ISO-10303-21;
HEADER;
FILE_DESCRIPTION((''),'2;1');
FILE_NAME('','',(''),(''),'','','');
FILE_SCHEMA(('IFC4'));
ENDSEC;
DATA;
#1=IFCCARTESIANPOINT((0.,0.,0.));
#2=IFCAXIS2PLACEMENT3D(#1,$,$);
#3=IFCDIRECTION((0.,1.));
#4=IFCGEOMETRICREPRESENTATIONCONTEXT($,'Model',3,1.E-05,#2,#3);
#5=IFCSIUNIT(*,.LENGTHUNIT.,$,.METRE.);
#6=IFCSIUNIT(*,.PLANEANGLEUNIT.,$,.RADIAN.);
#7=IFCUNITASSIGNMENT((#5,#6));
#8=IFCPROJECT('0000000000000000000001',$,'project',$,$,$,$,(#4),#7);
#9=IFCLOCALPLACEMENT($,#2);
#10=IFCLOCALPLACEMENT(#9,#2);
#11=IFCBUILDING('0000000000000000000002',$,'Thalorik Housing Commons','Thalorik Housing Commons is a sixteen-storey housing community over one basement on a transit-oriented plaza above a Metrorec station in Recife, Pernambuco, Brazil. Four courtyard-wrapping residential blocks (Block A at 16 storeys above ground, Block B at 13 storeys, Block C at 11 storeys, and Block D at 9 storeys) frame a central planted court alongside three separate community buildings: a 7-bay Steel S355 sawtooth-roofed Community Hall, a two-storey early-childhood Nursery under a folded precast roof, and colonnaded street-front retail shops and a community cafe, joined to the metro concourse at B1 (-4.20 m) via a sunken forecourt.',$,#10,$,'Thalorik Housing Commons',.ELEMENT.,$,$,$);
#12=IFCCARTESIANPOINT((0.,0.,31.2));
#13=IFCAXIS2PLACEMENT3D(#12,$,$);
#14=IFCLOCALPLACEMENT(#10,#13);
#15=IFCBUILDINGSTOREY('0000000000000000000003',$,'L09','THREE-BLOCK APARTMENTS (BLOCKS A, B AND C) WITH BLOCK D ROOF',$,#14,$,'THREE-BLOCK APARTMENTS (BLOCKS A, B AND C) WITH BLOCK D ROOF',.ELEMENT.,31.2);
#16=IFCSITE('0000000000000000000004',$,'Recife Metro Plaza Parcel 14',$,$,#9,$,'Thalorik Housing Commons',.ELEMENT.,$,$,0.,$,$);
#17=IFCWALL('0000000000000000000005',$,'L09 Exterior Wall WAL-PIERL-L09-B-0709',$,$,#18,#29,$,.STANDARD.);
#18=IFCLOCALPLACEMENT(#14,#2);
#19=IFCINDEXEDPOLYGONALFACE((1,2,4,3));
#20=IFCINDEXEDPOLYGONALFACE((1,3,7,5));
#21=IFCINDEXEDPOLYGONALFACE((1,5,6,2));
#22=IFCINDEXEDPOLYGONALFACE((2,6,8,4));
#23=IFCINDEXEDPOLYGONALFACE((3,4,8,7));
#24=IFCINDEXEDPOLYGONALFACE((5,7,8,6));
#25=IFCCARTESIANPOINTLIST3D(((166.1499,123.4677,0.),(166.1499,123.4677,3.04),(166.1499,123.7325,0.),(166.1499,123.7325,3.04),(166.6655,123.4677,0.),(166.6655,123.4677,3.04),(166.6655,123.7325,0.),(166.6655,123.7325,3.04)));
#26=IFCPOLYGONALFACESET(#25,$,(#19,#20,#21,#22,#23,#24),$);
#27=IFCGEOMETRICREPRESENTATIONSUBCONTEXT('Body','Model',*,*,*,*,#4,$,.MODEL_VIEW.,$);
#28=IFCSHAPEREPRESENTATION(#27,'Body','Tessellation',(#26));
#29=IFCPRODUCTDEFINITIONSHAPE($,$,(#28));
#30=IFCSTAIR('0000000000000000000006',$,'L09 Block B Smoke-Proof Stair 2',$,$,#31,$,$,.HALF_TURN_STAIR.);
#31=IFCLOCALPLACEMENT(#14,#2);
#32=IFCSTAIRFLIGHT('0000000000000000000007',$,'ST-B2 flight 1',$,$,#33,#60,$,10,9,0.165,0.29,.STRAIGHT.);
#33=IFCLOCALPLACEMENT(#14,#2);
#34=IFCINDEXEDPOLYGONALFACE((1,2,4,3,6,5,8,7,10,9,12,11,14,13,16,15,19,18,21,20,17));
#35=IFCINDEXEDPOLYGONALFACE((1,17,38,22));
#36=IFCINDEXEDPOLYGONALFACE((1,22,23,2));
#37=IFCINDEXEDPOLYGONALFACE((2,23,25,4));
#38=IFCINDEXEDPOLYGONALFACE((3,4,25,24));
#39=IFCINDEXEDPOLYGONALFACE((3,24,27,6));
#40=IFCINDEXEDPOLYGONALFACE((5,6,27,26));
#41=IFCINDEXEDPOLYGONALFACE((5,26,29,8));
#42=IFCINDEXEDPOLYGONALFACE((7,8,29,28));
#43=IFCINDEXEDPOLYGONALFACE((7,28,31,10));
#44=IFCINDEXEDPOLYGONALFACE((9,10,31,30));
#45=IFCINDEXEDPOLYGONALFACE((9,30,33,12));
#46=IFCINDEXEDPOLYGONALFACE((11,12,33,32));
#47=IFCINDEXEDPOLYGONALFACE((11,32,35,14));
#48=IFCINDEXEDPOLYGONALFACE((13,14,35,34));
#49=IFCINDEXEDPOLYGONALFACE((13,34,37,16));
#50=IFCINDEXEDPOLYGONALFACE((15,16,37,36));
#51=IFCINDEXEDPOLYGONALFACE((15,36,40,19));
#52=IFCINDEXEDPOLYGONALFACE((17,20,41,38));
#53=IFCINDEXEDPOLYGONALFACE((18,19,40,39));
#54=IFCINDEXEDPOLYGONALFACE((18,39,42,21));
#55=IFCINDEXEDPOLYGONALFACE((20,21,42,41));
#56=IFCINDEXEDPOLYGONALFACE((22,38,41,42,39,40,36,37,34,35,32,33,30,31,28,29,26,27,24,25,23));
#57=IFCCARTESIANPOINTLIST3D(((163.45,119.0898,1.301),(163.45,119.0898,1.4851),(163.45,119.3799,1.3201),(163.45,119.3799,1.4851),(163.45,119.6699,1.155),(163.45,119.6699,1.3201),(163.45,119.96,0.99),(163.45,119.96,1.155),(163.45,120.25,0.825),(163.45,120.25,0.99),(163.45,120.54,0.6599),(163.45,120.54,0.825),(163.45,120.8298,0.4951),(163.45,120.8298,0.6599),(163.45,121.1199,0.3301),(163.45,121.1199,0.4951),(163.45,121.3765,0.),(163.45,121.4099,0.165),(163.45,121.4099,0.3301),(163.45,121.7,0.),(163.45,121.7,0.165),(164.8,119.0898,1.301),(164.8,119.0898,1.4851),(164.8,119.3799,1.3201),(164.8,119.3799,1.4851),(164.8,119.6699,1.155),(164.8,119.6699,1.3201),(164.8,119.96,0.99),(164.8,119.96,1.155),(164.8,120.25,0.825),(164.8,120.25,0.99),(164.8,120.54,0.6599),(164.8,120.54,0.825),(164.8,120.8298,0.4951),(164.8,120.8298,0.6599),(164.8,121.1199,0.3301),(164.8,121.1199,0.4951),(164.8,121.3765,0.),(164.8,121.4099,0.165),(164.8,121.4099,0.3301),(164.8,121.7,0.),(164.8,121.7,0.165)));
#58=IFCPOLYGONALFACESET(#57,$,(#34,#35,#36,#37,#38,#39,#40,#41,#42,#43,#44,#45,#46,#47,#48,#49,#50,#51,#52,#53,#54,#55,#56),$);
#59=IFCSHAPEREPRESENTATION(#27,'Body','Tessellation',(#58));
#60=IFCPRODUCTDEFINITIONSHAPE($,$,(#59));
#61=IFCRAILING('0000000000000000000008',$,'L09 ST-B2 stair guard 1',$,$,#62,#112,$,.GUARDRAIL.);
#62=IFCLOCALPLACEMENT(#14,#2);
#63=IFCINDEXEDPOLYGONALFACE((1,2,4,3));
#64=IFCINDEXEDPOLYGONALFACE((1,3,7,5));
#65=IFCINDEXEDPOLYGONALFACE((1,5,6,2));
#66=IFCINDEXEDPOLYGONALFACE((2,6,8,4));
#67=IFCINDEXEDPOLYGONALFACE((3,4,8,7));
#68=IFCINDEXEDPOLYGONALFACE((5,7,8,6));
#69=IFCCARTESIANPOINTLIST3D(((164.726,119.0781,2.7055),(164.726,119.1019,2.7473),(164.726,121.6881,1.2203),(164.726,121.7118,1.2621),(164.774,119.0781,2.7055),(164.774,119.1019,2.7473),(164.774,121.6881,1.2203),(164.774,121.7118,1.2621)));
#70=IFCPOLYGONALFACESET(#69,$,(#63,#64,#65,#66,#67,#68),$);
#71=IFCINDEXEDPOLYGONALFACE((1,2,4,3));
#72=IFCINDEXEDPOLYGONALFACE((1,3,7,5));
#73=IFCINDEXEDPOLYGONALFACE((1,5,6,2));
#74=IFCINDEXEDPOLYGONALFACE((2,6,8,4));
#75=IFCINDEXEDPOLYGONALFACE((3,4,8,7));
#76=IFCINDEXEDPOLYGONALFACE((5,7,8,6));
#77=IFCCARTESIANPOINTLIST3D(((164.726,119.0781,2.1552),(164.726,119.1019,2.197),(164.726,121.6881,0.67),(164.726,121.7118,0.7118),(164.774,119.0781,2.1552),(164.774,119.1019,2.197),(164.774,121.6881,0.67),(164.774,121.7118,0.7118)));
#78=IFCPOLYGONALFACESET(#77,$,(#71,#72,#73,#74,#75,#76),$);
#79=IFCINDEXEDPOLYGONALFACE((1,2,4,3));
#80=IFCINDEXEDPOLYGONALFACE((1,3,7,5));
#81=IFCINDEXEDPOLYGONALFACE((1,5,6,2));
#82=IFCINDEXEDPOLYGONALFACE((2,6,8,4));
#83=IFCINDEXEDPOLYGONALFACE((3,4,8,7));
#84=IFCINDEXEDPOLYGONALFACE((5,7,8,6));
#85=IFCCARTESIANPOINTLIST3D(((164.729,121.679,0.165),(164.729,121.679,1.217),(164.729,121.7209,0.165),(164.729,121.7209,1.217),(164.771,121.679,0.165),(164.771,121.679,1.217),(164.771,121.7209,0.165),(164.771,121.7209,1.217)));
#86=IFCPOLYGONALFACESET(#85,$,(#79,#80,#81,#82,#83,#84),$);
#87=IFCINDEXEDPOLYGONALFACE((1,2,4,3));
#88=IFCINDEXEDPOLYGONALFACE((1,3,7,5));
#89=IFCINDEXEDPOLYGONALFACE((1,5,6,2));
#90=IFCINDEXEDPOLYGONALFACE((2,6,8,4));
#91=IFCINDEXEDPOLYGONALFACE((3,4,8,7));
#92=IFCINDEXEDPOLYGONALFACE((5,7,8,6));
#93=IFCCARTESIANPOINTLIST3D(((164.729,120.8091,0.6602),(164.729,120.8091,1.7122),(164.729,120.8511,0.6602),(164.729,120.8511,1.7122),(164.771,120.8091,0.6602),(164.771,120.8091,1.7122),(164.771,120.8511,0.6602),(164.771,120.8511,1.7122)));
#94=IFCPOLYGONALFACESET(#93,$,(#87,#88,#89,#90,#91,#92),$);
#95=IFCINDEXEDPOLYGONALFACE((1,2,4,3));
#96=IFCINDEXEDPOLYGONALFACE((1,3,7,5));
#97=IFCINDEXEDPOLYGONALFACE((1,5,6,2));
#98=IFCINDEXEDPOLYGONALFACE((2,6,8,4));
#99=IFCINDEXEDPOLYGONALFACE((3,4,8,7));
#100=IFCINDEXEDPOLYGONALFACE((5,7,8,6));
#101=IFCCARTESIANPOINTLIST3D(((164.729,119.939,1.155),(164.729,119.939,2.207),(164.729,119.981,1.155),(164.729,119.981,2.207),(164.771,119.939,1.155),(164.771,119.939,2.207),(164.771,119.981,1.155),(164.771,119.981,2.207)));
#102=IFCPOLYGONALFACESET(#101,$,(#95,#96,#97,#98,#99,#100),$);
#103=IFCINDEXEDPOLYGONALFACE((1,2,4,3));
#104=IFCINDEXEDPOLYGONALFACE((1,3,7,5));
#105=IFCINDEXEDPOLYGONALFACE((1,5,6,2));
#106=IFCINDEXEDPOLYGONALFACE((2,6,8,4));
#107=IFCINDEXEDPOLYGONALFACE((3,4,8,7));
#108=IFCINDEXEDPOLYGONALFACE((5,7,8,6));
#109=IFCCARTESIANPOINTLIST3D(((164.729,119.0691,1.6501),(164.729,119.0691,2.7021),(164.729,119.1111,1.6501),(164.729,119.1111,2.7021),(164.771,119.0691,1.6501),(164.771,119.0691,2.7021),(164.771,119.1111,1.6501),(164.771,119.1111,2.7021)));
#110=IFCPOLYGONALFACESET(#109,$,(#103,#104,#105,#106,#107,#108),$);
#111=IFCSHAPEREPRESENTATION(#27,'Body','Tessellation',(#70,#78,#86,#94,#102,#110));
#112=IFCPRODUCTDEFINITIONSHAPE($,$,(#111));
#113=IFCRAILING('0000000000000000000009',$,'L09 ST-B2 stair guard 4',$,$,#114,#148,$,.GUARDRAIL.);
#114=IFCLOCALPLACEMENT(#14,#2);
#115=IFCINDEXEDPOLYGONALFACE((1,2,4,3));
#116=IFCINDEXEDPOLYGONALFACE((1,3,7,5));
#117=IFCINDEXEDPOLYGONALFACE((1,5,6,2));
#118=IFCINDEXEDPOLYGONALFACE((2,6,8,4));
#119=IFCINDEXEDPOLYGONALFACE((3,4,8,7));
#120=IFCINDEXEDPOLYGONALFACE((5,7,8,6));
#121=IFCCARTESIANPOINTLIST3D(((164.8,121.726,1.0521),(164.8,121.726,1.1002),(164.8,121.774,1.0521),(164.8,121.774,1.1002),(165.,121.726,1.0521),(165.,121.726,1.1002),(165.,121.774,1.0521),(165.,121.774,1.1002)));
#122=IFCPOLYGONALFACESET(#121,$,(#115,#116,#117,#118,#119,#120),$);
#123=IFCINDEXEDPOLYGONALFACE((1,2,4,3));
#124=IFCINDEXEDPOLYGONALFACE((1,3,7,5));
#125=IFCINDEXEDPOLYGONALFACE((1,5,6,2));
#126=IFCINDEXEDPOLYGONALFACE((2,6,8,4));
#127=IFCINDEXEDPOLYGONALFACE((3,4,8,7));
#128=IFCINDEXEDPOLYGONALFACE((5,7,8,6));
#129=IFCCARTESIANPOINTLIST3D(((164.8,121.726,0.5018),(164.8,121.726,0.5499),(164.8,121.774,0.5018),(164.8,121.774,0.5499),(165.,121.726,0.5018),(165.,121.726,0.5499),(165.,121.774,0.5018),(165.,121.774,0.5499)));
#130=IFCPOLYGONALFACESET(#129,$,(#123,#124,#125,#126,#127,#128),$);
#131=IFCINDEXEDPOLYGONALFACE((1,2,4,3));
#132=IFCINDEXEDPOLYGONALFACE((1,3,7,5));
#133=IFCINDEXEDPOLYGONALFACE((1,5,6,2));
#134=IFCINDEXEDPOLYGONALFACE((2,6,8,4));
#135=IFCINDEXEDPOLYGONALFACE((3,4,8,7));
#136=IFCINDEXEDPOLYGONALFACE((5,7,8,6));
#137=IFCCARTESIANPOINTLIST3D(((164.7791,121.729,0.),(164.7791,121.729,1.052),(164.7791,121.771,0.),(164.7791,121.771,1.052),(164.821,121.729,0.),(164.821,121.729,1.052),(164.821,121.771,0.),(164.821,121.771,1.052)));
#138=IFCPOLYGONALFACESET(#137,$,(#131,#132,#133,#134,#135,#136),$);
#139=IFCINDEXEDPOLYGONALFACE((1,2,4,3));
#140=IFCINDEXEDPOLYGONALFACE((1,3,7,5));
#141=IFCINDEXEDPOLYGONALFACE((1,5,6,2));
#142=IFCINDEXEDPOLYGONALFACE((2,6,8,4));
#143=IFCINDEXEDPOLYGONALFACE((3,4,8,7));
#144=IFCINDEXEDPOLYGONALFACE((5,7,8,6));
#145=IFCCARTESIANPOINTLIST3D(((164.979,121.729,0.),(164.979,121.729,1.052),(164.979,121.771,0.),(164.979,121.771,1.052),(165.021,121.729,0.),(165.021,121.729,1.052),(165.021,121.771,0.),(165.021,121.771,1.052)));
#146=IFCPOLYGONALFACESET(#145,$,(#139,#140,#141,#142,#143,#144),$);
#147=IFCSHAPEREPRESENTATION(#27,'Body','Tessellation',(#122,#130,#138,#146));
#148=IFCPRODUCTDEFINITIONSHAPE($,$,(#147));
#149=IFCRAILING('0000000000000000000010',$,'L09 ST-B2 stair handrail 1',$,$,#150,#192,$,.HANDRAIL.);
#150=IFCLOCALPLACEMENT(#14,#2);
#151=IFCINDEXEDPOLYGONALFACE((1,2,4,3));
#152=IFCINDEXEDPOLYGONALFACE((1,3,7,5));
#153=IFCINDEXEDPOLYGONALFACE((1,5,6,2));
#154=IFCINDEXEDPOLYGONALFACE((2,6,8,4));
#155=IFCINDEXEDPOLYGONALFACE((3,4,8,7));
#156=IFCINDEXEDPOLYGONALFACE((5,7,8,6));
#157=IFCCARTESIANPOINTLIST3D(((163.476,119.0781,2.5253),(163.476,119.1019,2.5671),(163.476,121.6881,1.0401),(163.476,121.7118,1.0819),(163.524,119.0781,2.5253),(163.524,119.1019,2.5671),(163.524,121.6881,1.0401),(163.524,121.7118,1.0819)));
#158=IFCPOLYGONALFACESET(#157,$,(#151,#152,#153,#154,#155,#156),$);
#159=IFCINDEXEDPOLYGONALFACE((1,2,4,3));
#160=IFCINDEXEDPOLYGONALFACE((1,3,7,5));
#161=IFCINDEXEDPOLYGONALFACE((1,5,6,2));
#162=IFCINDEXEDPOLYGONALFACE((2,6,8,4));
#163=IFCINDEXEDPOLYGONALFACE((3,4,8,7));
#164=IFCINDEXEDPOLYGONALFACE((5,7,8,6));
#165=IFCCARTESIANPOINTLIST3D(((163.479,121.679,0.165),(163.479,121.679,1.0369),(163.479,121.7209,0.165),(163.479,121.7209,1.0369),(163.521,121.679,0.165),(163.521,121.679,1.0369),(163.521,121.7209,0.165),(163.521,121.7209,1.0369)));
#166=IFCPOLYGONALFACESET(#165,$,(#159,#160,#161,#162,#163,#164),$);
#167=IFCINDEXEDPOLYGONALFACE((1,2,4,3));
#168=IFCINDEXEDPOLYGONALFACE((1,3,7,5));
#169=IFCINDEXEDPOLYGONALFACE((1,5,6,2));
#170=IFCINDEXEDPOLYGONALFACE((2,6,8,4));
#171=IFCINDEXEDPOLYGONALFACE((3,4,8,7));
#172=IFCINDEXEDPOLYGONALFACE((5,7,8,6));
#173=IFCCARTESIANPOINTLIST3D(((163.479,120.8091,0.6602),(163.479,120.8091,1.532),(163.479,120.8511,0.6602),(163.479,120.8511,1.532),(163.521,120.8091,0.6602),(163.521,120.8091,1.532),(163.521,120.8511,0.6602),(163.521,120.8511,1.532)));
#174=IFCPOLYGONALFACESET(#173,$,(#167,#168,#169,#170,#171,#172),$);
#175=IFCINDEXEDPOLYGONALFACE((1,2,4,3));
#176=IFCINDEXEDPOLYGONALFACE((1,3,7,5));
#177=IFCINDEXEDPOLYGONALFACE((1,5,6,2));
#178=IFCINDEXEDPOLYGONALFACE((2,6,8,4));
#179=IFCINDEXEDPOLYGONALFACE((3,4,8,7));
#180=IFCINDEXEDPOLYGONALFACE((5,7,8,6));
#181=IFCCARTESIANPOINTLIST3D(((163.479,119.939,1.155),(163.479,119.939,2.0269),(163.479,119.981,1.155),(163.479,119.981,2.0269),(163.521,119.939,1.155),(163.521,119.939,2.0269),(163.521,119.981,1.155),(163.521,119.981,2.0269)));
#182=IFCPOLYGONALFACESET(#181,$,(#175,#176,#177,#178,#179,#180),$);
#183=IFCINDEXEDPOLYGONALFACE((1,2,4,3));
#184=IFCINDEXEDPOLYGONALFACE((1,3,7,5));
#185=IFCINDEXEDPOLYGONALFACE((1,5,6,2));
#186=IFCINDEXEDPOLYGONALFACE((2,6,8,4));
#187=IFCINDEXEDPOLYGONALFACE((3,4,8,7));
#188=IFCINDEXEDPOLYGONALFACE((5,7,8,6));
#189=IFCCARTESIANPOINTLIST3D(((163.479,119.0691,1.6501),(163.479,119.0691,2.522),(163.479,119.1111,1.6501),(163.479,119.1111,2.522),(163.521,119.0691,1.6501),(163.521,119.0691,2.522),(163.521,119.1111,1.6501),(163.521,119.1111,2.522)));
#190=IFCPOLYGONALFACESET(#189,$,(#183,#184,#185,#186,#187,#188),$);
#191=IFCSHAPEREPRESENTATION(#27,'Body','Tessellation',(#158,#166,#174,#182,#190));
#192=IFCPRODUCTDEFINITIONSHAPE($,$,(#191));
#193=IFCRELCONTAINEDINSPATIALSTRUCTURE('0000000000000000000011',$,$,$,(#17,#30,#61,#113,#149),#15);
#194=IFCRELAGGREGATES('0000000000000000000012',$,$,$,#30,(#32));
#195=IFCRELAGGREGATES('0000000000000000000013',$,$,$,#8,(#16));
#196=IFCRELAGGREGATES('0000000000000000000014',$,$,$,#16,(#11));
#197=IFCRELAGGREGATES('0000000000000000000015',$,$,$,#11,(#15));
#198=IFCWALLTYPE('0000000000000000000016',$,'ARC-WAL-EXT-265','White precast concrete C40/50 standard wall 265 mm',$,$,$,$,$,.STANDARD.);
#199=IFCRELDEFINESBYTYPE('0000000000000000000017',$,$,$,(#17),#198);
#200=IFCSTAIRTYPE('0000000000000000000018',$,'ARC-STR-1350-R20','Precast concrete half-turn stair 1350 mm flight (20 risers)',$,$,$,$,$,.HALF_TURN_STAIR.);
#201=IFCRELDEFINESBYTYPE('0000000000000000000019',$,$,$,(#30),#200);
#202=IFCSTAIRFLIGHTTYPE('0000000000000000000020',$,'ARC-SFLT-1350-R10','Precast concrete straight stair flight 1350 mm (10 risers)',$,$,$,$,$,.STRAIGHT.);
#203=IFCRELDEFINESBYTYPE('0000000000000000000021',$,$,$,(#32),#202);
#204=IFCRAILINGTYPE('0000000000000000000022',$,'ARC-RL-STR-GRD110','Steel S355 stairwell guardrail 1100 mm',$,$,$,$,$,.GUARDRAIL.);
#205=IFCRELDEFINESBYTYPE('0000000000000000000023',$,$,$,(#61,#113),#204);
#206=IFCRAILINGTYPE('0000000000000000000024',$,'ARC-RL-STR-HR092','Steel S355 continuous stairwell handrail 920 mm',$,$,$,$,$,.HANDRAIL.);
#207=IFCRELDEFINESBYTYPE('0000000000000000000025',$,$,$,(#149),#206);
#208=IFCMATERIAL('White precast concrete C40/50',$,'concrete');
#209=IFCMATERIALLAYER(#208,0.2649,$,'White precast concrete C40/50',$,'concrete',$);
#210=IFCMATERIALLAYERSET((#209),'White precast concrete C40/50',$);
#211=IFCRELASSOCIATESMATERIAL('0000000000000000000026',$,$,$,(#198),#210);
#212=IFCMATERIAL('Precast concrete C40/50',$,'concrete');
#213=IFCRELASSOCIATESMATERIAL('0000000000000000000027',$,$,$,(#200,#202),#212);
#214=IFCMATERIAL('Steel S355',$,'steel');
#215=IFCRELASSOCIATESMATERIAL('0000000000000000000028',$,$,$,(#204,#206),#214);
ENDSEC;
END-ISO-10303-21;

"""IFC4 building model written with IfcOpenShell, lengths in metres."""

from ifc_helpers import new_model, si_unit, direction, frame, frame_2d, origin, origin_2d, place, context, subcontext, project, spatial, polyline, rectangle, outline, extrude, material, layer, layer_set, type_object, element, aggregate, save


model = new_model("IFC4")

# Units and contexts
model_context = context("Model", 3, precision=1e-05, world=origin(), true_north=direction((0.0, 1.0)))
body_context = subcontext(model_context, "Body", "Model", "MODEL_VIEW")
ifc_project = project(units=[si_unit("LENGTHUNIT", "METRE"), si_unit("PLANEANGLEUNIT", "RADIAN")], contexts=[model_context])

# Site, building, storey
site_placement = place(None, origin())
site = spatial("IfcSite", under=ifc_project, at=site_placement, Name="Recife Metro Plaza Parcel 14", LongName="Thalorik Housing Commons", CompositionType="ELEMENT", RefElevation=0.0)
building_placement = place(site_placement, origin())
building = spatial("IfcBuilding", under=site, at=building_placement, Name="Thalorik Housing Commons", Description="Thalorik Housing Commons is a sixteen-storey housing community over one basement on a transit-oriented plaza above a Metrorec station in Recife, Pernambuco, Brazil. Four courtyard-wrapping residential blocks (Block A at 16 storeys above ground, Block B at 13 storeys, Block C at 11 storeys, and Block D at 9 storeys) frame a central planted court alongside three separate community buildings: a 7-bay Steel S355 sawtooth-roofed Community Hall, a two-storey early-childhood Nursery under a folded precast roof, and colonnaded street-front retail shops and a community cafe, joined to the metro concourse at B1 (-4.20 m) via a sunken forecourt.", LongName="Thalorik Housing Commons", CompositionType="ELEMENT")
storey_placement = place(building_placement, frame((0.0, 0.0, 31.2)))
storey = spatial("IfcBuildingStorey", under=building, at=storey_placement, Name="L09", Description="THREE-BLOCK APARTMENTS (BLOCKS A, B AND C) WITH BLOCK D ROOF", LongName="THREE-BLOCK APARTMENTS (BLOCKS A, B AND C) WITH BLOCK D ROOF", CompositionType="ELEMENT", Elevation=31.2)

# Shared definitions
ifc_material_1 = material(Name="Precast concrete C40/50", Category="concrete")

# Shared definitions
ifc_material_2 = material(Name="Steel S355", Category="steel")

# Wall
ifc_material_3 = material(Name="White precast concrete C40/50", Category="concrete")
ifc_layer_1 = layer(ifc_material_3, 0.2649, Name="White precast concrete C40/50", Category="concrete")
ifc_layer_set_1 = layer_set([ifc_layer_1], Name="White precast concrete C40/50")
wall_type_1 = type_object("IfcWallType", Name="ARC-WAL-EXT-265", Description="White precast concrete C40/50 standard wall 265 mm", PredefinedType="STANDARD", material=ifc_layer_set_1)
wall_1_placement = place(storey_placement, frame((166.6655, 123.6001, 0.0), z_axis=(0.0, 0.0, 1.0), x_axis=(-1.0, 0.0, 0.0)))
element("IfcWall", 1, at=wall_1_placement, inside=storey, type_object=wall_type_1, Name="L09 Exterior Wall WAL-PIERL-L09-B-0709", PredefinedType="STANDARD", context=body_context, shape_type="SweptSolid", body=[
    extrude(rectangle(XDim=0.5156, YDim=0.2649, at=frame_2d((0.2578, 0.0))), origin(), (0.0, 0.0, 1.0), 3.04),
])

# Stair, stair flight
stair_type = type_object("IfcStairType", Name="ARC-STR-1350-R20", Description="Precast concrete half-turn stair 1350 mm flight (20 risers)", PredefinedType="HALF_TURN_STAIR", material=ifc_material_1)
stair_placement = place(storey_placement, origin())
stair = element("IfcStair", 2, at=stair_placement, inside=storey, type_object=stair_type, Name="L09 Block B Smoke-Proof Stair 2", PredefinedType="HALF_TURN_STAIR")
stair_flight_type = type_object("IfcStairFlightType", Name="ARC-SFLT-1350-R10", Description="Precast concrete straight stair flight 1350 mm (10 risers)", PredefinedType="STRAIGHT", material=ifc_material_1)
stair_flight_placement = place(storey_placement, frame((164.125, 121.7, 0.0), z_axis=(0.0, 0.0, 1.0), x_axis=(0.0, -1.0, 0.0)))
stair_flight = element("IfcStairFlight", 3, at=stair_flight_placement, type_object=stair_flight_type, Name="ST-B2 flight 1", NumberOfRisers=10, NumberOfTreads=9, PredefinedType="STRAIGHT", RiserHeight=0.165, TreadLength=0.29, context=body_context, shape_type="SweptSolid", body=[
    extrude(outline(polyline([(0.0, 0.0), (0.0, 0.165), (0.29, 0.165), (0.29, 0.3301), (0.5801, 0.3301), (0.5801, 0.4951), (0.8701, 0.4951), (0.8701, 0.6599), (1.1599, 0.6599), (1.1599, 0.825), (1.45, 0.825), (1.45, 0.99), (1.74, 0.99), (1.74, 1.155), (2.03, 1.155), (2.03, 1.3201), (2.3201, 1.3201), (2.3201, 1.4851), (2.6101, 1.4851), (2.6101, 1.6499), (2.6101, 1.301), (0.3235, 0.0), (0.0, 0.0)])), frame((0.0, 0.675, 0.0), z_axis=(0.0, -1.0, 0.0), x_axis=(1.0, 0.0, 0.0)), (0.0, 0.0, 1.0), 1.3501),
])
aggregate(stair, [stair_flight])

# Railings
railing_type_1 = type_object("IfcRailingType", Name="ARC-RL-STR-GRD110", Description="Steel S355 stairwell guardrail 1100 mm", PredefinedType="GUARDRAIL", material=ifc_material_2)
railing_1_placement = place(storey_placement, frame((164.75, 121.7, 0.165)))
element("IfcRailing", 4, at=railing_1_placement, inside=storey, type_object=railing_type_1, Name="L09 ST-B2 stair guard 1", PredefinedType="GUARDRAIL", context=body_context, shape_type="SweptSolid", body=[
    extrude(rectangle(XDim=0.0481, YDim=0.0481, at=origin_2d()), frame((0.0, 0.0, 1.0762), z_axis=(0.0, -0.869137, 0.494571), x_axis=(1.0, 0.0, 0.0)), (0.0, 0.0, 1.0), 3.0029),
    extrude(rectangle(XDim=0.0481, YDim=0.0481, at=origin_2d()), frame((0.0, 0.0, 0.5259), z_axis=(0.0, -0.869137, 0.494571), x_axis=(1.0, 0.0, 0.0)), (0.0, 0.0, 1.0), 3.0029),
    extrude(rectangle(XDim=0.042, YDim=0.042, at=origin_2d()), origin(), (0.0, 0.0, 1.0), 1.052),
    extrude(rectangle(XDim=0.042, YDim=0.042, at=origin_2d()), frame((0.0, -0.8699, 0.4951)), (0.0, 0.0, 1.0), 1.052),
    extrude(rectangle(XDim=0.042, YDim=0.042, at=origin_2d()), frame((0.0, -1.74, 0.99)), (0.0, 0.0, 1.0), 1.052),
    extrude(rectangle(XDim=0.042, YDim=0.042, at=origin_2d()), frame((0.0, -2.6099, 1.4851)), (0.0, 0.0, 1.0), 1.052),
])
railing_2_placement = place(storey_placement, frame((164.8, 121.75, 0.0)))
element("IfcRailing", 5, at=railing_2_placement, inside=storey, type_object=railing_type_1, Name="L09 ST-B2 stair guard 4", PredefinedType="GUARDRAIL", context=body_context, shape_type="SweptSolid", body=[
    extrude(rectangle(XDim=0.0481, YDim=0.0481, at=origin_2d()), frame((0.0, 0.0, 1.0762), z_axis=(1.0, 0.0, 0.0), x_axis=(0.0, 1.0, 0.0)), (0.0, 0.0, 1.0), 0.2),
    extrude(rectangle(XDim=0.0481, YDim=0.0481, at=origin_2d()), frame((0.0, 0.0, 0.5259), z_axis=(1.0, 0.0, 0.0), x_axis=(0.0, 1.0, 0.0)), (0.0, 0.0, 1.0), 0.2),
    extrude(rectangle(XDim=0.042, YDim=0.042, at=origin_2d()), origin(), (0.0, 0.0, 1.0), 1.052),
    extrude(rectangle(XDim=0.042, YDim=0.042, at=origin_2d()), frame((0.2, 0.0, 0.0)), (0.0, 0.0, 1.0), 1.052),
])
railing_type_2 = type_object("IfcRailingType", Name="ARC-RL-STR-HR092", Description="Steel S355 continuous stairwell handrail 920 mm", PredefinedType="HANDRAIL", material=ifc_material_2)
railing_3_placement = place(storey_placement, frame((163.5, 121.7, 0.165)))
element("IfcRailing", 6, at=railing_3_placement, inside=storey, type_object=railing_type_2, Name="L09 ST-B2 stair handrail 1", PredefinedType="HANDRAIL", context=body_context, shape_type="SweptSolid", body=[
    extrude(rectangle(XDim=0.0481, YDim=0.0481, at=origin_2d()), frame((0.0, 0.0, 0.896), z_axis=(0.0, -0.869137, 0.494571), x_axis=(1.0, 0.0, 0.0)), (0.0, 0.0, 1.0), 3.0029),
    extrude(rectangle(XDim=0.042, YDim=0.042, at=origin_2d()), origin(), (0.0, 0.0, 1.0), 0.8718),
    extrude(rectangle(XDim=0.042, YDim=0.042, at=origin_2d()), frame((0.0, -0.8699, 0.4951)), (0.0, 0.0, 1.0), 0.8718),
    extrude(rectangle(XDim=0.042, YDim=0.042, at=origin_2d()), frame((0.0, -1.74, 0.99)), (0.0, 0.0, 1.0), 0.8718),
    extrude(rectangle(XDim=0.042, YDim=0.042, at=origin_2d()), frame((0.0, -2.6099, 1.4851)), (0.0, 0.0, 1.0), 0.8718),
])

save(model, "model.ifc")
